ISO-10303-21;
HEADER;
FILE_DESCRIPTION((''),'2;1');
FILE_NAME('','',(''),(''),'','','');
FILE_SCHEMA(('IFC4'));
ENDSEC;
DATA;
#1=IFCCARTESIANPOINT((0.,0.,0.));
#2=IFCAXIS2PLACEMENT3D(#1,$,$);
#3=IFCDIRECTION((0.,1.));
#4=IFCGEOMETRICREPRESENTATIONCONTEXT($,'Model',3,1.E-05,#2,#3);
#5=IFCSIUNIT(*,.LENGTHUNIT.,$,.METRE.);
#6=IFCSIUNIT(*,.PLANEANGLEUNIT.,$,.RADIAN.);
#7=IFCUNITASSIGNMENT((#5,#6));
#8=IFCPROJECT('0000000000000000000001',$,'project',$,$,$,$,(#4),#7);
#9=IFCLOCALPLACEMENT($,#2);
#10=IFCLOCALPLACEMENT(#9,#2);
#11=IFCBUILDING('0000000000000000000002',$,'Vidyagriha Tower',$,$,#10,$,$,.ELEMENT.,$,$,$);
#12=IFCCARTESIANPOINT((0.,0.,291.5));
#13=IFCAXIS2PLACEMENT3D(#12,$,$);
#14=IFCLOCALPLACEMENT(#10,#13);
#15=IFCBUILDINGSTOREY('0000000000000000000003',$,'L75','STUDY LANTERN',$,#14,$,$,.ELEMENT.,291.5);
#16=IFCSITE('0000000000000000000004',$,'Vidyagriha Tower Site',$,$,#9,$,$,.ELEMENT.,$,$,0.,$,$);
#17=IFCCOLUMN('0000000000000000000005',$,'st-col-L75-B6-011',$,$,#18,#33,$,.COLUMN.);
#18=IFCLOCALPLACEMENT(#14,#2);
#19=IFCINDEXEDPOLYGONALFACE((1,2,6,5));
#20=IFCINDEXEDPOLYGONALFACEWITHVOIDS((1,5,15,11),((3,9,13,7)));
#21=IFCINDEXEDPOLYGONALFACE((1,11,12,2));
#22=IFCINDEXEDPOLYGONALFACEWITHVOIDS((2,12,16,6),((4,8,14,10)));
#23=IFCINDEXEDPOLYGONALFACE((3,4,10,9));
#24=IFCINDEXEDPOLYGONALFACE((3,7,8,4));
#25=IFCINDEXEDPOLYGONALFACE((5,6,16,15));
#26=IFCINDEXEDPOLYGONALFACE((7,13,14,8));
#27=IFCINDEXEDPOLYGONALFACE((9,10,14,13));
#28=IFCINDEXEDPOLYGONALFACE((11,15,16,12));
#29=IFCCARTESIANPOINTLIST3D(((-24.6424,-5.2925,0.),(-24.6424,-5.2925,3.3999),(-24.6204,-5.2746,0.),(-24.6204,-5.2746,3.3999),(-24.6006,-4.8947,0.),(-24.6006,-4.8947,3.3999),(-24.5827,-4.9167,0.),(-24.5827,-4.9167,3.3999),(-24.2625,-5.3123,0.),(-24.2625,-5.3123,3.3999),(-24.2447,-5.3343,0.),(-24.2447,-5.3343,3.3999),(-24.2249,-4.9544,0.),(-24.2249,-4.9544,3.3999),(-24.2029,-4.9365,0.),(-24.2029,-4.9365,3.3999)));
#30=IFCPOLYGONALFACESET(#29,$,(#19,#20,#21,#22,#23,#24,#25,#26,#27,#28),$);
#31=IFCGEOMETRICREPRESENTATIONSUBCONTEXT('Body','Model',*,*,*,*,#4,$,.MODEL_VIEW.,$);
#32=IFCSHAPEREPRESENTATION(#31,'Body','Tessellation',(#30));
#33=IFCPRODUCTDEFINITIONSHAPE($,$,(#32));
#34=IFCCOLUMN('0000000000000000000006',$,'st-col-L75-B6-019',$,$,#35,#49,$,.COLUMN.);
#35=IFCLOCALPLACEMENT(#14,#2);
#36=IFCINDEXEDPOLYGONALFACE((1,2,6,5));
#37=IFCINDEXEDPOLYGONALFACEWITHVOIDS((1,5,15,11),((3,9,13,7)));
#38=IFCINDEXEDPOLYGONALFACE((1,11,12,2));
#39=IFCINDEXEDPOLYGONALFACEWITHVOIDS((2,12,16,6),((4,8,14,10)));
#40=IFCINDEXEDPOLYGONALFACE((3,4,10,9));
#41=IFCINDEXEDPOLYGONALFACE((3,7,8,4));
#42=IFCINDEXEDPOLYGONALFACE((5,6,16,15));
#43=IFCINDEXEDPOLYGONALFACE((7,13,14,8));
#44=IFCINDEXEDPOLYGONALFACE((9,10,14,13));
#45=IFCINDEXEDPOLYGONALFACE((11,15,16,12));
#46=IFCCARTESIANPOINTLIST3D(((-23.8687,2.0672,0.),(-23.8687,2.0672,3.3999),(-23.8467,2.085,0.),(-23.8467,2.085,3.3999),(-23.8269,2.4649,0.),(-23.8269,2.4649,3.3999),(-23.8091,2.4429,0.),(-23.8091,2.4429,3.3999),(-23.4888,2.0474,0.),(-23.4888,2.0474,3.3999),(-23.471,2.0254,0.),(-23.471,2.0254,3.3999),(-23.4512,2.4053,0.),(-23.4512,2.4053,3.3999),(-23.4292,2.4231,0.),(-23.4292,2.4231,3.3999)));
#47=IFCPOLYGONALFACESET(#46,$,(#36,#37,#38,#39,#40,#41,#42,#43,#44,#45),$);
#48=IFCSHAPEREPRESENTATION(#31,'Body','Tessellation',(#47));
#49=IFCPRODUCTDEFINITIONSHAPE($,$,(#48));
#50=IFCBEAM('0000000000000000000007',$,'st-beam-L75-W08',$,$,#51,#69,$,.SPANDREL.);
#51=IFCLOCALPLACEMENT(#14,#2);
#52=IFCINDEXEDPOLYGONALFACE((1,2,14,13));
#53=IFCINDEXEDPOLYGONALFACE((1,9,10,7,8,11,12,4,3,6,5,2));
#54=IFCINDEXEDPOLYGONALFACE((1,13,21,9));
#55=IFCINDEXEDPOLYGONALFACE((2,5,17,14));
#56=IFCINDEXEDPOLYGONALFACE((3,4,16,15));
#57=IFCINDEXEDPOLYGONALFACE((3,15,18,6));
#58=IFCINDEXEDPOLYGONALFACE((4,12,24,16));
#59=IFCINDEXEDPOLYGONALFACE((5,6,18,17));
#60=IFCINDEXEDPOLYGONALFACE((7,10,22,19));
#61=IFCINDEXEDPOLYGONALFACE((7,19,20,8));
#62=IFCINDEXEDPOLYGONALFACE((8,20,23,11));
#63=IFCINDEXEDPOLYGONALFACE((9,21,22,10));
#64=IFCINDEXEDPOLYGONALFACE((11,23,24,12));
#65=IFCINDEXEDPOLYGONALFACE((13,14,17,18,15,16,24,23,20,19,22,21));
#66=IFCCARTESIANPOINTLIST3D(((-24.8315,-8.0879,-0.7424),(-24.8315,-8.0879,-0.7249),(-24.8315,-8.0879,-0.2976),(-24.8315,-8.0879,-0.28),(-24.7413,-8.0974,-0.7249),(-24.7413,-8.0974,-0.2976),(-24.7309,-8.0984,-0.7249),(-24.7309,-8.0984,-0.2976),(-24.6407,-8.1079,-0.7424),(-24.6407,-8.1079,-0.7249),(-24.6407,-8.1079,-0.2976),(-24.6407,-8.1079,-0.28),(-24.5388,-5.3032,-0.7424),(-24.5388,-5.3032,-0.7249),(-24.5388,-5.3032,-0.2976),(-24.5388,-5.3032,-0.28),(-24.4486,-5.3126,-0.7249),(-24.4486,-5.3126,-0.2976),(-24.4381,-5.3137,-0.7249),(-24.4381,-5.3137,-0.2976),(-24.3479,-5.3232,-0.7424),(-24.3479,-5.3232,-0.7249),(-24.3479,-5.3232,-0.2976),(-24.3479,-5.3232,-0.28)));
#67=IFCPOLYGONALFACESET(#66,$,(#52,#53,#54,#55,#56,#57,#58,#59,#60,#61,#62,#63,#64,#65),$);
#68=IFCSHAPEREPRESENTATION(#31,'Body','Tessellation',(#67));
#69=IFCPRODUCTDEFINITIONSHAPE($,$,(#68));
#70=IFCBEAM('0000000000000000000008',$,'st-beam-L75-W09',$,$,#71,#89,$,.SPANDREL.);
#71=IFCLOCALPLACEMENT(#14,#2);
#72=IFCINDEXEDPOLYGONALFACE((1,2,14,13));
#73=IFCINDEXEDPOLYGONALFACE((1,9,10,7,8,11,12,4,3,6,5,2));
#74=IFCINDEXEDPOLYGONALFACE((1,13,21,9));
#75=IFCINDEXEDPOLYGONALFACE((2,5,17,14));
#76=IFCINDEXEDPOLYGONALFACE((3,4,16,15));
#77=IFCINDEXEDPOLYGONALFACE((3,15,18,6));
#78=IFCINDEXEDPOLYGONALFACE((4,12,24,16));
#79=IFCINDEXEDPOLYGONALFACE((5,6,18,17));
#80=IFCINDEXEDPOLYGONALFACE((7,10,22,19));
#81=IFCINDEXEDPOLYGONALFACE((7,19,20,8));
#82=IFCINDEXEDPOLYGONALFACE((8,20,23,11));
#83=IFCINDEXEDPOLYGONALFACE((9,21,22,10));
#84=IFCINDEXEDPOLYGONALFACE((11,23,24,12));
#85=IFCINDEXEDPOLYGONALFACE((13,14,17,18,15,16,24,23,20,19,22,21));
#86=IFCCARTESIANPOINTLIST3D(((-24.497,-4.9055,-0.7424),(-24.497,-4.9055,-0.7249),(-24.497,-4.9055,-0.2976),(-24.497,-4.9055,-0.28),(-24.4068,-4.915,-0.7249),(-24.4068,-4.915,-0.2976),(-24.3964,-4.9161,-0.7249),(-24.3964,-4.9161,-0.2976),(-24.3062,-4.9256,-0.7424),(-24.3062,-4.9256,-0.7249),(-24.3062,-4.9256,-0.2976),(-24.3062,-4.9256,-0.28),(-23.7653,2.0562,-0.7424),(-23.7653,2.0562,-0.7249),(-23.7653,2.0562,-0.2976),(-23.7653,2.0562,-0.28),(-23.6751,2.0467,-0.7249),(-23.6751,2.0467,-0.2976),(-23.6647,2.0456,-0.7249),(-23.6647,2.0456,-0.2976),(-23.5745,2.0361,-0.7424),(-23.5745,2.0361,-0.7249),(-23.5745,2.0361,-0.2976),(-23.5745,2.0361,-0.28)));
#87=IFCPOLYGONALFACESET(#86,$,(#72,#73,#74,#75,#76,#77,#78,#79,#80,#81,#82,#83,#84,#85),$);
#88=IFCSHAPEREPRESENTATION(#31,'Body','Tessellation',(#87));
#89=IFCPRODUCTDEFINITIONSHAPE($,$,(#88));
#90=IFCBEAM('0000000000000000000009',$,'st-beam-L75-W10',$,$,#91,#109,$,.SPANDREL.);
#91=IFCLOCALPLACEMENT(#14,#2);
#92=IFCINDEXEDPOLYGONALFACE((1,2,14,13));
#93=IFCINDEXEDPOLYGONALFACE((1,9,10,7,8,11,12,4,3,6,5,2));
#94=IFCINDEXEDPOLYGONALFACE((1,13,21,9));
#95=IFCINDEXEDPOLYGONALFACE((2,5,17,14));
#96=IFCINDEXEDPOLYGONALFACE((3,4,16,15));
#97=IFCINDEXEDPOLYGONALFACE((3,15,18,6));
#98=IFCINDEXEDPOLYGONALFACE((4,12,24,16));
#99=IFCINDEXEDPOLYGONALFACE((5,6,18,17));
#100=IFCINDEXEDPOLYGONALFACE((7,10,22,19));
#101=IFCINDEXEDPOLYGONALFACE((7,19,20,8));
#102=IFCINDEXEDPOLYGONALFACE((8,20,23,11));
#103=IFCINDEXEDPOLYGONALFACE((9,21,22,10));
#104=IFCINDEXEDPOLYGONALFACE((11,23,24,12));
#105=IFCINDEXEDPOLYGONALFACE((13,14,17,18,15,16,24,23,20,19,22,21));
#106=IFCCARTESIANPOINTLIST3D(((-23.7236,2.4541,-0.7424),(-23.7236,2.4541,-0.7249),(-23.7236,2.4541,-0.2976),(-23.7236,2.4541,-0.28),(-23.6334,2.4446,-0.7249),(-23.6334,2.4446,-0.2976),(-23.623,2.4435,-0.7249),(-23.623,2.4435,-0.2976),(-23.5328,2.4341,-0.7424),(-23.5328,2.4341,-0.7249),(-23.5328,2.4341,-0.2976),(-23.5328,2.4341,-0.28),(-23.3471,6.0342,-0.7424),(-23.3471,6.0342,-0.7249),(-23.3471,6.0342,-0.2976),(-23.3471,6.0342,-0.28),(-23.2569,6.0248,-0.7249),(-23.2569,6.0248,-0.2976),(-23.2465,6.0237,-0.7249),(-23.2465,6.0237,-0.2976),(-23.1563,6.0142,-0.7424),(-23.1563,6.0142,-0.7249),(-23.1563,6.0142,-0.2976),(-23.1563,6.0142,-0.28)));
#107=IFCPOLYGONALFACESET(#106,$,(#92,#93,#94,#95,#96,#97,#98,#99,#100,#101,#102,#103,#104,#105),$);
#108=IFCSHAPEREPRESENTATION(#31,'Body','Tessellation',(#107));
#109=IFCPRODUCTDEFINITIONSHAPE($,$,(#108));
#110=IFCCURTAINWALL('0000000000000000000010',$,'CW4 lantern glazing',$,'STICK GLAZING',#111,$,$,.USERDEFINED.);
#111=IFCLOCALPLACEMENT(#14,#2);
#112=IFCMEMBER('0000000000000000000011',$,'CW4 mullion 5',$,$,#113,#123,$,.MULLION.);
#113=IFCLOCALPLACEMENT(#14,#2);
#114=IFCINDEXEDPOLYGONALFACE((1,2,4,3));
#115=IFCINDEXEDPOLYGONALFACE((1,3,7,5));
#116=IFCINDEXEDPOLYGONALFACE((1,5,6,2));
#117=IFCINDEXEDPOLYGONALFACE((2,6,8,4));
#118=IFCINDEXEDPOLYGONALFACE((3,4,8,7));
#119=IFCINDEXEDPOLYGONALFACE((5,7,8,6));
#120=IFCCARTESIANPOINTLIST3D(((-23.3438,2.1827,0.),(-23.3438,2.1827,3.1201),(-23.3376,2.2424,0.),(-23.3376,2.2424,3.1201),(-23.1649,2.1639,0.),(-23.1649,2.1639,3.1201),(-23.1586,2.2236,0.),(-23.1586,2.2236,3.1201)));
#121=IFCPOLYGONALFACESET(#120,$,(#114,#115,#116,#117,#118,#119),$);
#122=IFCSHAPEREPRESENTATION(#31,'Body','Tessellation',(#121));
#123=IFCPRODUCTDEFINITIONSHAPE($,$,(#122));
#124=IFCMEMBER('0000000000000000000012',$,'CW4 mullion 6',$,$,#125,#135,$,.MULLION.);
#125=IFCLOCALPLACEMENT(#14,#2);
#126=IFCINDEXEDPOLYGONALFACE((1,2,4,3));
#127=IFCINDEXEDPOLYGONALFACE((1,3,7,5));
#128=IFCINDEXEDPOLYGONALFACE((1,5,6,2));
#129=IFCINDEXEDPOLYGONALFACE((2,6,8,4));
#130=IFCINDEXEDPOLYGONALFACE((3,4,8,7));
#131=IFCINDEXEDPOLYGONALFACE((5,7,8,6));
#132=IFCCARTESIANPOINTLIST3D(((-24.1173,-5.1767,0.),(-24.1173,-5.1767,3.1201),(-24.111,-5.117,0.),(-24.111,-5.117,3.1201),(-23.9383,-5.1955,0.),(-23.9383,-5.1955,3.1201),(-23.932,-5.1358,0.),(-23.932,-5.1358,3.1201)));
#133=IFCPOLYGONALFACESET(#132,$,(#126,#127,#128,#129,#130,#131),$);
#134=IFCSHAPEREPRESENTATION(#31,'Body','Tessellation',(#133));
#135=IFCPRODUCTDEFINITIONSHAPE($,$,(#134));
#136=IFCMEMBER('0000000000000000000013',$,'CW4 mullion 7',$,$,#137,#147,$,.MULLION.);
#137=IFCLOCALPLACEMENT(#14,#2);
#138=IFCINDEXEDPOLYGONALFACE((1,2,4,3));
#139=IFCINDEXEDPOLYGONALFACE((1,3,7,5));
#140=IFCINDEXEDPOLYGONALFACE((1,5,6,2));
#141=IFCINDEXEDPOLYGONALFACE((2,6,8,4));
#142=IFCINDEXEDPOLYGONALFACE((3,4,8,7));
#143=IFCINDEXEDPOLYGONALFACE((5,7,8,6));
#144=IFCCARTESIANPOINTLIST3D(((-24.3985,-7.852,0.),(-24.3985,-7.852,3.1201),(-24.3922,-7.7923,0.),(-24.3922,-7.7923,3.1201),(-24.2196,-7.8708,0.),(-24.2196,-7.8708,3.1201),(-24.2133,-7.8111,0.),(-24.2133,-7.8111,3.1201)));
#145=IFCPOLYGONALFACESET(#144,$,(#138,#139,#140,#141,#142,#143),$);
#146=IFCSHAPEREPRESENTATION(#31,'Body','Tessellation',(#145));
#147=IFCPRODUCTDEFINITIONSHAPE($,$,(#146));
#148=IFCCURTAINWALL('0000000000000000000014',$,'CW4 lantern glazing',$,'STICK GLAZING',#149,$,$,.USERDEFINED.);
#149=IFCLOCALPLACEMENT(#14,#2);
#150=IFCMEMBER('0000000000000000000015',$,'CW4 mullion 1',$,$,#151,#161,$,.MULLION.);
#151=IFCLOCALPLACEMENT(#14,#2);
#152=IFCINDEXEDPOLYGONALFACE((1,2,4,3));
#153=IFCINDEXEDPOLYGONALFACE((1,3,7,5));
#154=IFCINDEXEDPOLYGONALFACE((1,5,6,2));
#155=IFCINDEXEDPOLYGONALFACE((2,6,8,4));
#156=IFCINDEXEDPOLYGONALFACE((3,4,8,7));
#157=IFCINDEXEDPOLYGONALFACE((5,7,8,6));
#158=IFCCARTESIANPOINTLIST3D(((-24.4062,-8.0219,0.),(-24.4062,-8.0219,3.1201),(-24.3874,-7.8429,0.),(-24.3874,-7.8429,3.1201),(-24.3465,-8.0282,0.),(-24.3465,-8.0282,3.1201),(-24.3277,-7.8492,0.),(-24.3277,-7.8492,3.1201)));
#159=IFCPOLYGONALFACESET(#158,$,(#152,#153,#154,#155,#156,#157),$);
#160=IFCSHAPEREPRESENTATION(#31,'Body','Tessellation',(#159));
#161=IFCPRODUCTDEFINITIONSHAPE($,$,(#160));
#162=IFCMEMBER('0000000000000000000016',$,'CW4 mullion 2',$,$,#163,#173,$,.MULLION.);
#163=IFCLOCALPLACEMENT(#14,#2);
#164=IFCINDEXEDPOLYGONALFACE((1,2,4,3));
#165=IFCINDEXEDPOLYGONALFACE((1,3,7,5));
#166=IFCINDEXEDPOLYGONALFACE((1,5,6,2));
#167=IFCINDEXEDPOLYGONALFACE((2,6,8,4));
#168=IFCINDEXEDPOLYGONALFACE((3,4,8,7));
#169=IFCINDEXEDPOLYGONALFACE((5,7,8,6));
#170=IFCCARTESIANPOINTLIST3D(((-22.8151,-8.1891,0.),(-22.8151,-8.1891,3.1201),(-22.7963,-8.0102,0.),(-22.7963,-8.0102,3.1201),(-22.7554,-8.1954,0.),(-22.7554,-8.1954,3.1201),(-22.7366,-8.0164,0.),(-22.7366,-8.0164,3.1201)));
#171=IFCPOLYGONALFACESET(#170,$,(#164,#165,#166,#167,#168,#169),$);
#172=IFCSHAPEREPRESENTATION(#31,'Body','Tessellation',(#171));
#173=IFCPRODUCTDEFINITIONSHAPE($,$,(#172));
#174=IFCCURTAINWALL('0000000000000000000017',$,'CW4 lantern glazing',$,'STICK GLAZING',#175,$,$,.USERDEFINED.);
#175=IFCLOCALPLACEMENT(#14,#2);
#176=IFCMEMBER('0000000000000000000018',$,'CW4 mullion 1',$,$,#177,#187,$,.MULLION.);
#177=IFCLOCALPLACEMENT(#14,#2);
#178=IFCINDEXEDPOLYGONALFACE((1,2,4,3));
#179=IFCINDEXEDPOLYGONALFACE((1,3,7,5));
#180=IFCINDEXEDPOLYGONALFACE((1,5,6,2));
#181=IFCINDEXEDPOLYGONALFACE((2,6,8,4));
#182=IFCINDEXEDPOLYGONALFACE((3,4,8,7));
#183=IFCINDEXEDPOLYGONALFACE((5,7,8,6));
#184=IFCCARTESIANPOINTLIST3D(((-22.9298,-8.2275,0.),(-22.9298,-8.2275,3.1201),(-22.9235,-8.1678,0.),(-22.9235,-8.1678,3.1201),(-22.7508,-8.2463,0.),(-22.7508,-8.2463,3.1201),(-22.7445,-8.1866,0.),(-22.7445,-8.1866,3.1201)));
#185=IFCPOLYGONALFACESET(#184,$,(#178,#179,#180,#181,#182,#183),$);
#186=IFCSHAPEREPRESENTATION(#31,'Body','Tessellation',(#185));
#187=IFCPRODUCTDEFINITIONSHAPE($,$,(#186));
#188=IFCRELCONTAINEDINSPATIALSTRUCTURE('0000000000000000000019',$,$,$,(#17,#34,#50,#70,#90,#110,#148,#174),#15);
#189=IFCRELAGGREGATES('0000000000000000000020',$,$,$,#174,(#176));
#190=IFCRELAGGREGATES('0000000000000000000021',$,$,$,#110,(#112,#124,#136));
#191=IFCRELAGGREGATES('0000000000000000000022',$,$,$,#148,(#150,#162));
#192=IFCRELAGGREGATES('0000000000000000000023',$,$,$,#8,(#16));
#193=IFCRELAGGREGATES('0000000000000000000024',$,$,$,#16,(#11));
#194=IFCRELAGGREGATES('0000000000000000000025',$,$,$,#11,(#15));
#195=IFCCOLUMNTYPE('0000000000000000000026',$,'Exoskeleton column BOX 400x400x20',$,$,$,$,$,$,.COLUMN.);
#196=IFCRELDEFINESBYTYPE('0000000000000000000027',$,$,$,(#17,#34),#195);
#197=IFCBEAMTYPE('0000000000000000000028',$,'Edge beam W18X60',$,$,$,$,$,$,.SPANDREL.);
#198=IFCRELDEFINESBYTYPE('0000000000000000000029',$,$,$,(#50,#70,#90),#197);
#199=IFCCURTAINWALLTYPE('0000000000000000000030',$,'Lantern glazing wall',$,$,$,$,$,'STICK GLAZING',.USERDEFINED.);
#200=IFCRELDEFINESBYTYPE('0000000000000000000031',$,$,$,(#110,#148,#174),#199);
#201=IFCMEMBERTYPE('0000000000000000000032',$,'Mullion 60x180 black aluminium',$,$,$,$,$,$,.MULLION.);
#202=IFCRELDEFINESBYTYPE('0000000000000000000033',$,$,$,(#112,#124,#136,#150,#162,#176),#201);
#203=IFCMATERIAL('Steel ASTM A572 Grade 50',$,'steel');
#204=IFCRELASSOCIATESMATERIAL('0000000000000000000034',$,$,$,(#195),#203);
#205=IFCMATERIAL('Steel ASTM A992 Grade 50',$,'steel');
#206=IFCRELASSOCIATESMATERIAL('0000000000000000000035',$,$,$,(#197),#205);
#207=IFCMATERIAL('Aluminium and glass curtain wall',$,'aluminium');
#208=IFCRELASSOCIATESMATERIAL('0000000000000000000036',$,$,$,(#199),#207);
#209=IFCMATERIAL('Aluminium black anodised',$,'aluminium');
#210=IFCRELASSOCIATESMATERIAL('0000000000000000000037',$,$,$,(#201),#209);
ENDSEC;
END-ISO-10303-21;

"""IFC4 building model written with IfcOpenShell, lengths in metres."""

from ifc_helpers import new_model, si_unit, direction, frame, origin, origin_2d, place, context, subcontext, project, spatial, rectangle, hollow_rectangle, i_section, extrude, material, material_profile, profile_set, type_object, element, aggregate, save


model = new_model("IFC4")

# Units and contexts
model_context = context("Model", 3, precision=1e-05, world=origin(), true_north=direction((0.0, 1.0)))
body_context = subcontext(model_context, "Body", "Model", "MODEL_VIEW")
ifc_project = project(units=[si_unit("LENGTHUNIT", "METRE"), si_unit("PLANEANGLEUNIT", "RADIAN")], contexts=[model_context])

# Site, building, storey
site_placement = place(None, origin())
site = spatial("IfcSite", under=ifc_project, at=site_placement, Name="Vidyagriha Tower Site", CompositionType="ELEMENT", RefElevation=0.0)
building_placement = place(site_placement, origin())
building = spatial("IfcBuilding", under=site, at=building_placement, Name="Vidyagriha Tower", CompositionType="ELEMENT")
storey_placement = place(building_placement, frame((0.0, 0.0, 291.5)))
storey = spatial("IfcBuildingStorey", under=building, at=storey_placement, Name="L75", Description="STUDY LANTERN", CompositionType="ELEMENT", Elevation=291.5)

# Columns
ifc_material_1 = material(Name="Steel ASTM A572 Grade 50", Category="steel")
ifc_material_profile_1 = material_profile(ifc_material_1, hollow_rectangle(XDim=0.3999, YDim=0.3999, WallThickness=0.02, at=origin_2d()), Name="BOX 400x400x20")
ifc_profile_set_1 = profile_set([ifc_material_profile_1], Name="Steel ASTM A572 Grade 50")
column_type = type_object("IfcColumnType", Name="Exoskeleton column BOX 400x400x20", PredefinedType="COLUMN", material=ifc_profile_set_1)
for number, where, z_axis, x_axis, name in (
    (1, (-24.4226, -5.1145, 0.0), (0.0, 0.0, 1.0), (0.994522, -0.104528, 0.0), "st-col-L75-B6-011"),
    (2, (-23.6489, 2.2451, 0.0), (0.0, 0.0, 1.0), (0.994522, -0.104528, 0.0), "st-col-L75-B6-019"),
):
    element("IfcColumn", number, at=place(storey_placement, frame(where, z_axis=z_axis, x_axis=x_axis)), inside=storey, type_object=column_type, Name=name, PredefinedType="COLUMN", context=body_context, shape_type="SweptSolid", body=[
        extrude(hollow_rectangle(XDim=0.3999, YDim=0.3999, WallThickness=0.02, at=origin_2d()), origin(), (0.0, 0.0, 1.0), 3.3999),
    ])

# Beams
ifc_material_2 = material(Name="Steel ASTM A992 Grade 50", Category="steel")
ifc_material_profile_2 = material_profile(ifc_material_2, i_section(OverallWidth=0.1919, OverallDepth=0.4624, WebThickness=0.0105, FlangeThickness=0.0176, at=origin_2d()), Name="W18X60")
ifc_profile_set_2 = profile_set([ifc_material_profile_2], Name="Steel ASTM A992 Grade 50")
beam_type = type_object("IfcBeamType", Name="Edge beam W18X60", PredefinedType="SPANDREL", material=ifc_profile_set_2)
beam_1_placement = place(storey_placement, frame((-24.7361, -8.0979, -0.5112), z_axis=(0.104544, 0.99452, 0.0), x_axis=(-0.99452, 0.104544, 0.0)))
element("IfcBeam", 3, at=beam_1_placement, inside=storey, type_object=beam_type, Name="st-beam-L75-W08", PredefinedType="SPANDREL", context=body_context, shape_type="SweptSolid", body=[
    extrude(i_section(OverallWidth=0.1919, OverallDepth=0.4624, WebThickness=0.0105, FlangeThickness=0.0176, at=origin_2d()), origin(), (0.0, 0.0, 1.0), 2.8),
])
beam_2_placement = place(storey_placement, frame((-24.4016, -4.9155, -0.5112), z_axis=(0.104527, 0.994522, 0.0), x_axis=(-0.994522, 0.104527, 0.0)))
element("IfcBeam", 4, at=beam_2_placement, inside=storey, type_object=beam_type, Name="st-beam-L75-W09", PredefinedType="SPANDREL", context=body_context, shape_type="SweptSolid", body=[
    extrude(i_section(OverallWidth=0.1919, OverallDepth=0.4624, WebThickness=0.0105, FlangeThickness=0.0176, at=origin_2d()), origin(), (0.0, 0.0, 1.0), 7.0),
])
beam_3_placement = place(storey_placement, frame((-23.6282, 2.4441, -0.5112), z_axis=(0.104579, 0.994517, 0.0), x_axis=(-0.994517, 0.104579, 0.0)))
element("IfcBeam", 5, at=beam_3_placement, inside=storey, type_object=beam_type, Name="st-beam-L75-W10", PredefinedType="SPANDREL", context=body_context, shape_type="SweptSolid", body=[
    extrude(i_section(OverallWidth=0.1919, OverallDepth=0.4624, WebThickness=0.0105, FlangeThickness=0.0176, at=origin_2d()), origin(), (0.0, 0.0, 1.0), 3.5999),
])

# Curtain walls, members
ifc_material_3 = material(Name="Aluminium and glass curtain wall", Category="aluminium")
curtain_wall_type = type_object("IfcCurtainWallType", Name="Lantern glazing wall", ElementType="STICK GLAZING", PredefinedType="USERDEFINED", material=ifc_material_3)
curtain_wall_1_placement = place(storey_placement, origin())
curtain_wall_1 = element("IfcCurtainWall", 6, at=curtain_wall_1_placement, inside=storey, type_object=curtain_wall_type, Name="CW4 lantern glazing", ObjectType="STICK GLAZING", PredefinedType="USERDEFINED")
ifc_material_4 = material(Name="Aluminium black anodised", Category="aluminium")
ifc_material_profile_3 = material_profile(ifc_material_4, rectangle(XDim=0.1799, YDim=0.0601, at=origin_2d()), Name="Mullion 60x180 black aluminium")
ifc_profile_set_3 = profile_set([ifc_material_profile_3], Name="Aluminium black anodised")
member_type_1 = type_object("IfcMemberType", Name="Mullion 60x180 black aluminium", PredefinedType="MULLION", material=ifc_profile_set_3)
member_1_placement = place(storey_placement, frame((-23.2512, 2.2031, 0.0), z_axis=(0.0, 0.0, 1.0), x_axis=(0.994522, -0.104527, 0.0)))
member_1 = element("IfcMember", 7, at=member_1_placement, type_object=member_type_1, Name="CW4 mullion 5", PredefinedType="MULLION", context=body_context, shape_type="SweptSolid", body=[
    extrude(rectangle(XDim=0.1799, YDim=0.0601, at=origin_2d()), origin(), (0.0, 0.0, 1.0), 3.1201),
])
member_2_placement = place(storey_placement, frame((-24.0247, -5.1562, 0.0), z_axis=(0.0, 0.0, 1.0), x_axis=(0.994522, -0.104527, 0.0)))
member_2 = element("IfcMember", 8, at=member_2_placement, type_object=member_type_1, Name="CW4 mullion 6", PredefinedType="MULLION", context=body_context, shape_type="SweptSolid", body=[
    extrude(rectangle(XDim=0.1799, YDim=0.0601, at=origin_2d()), origin(), (0.0, 0.0, 1.0), 3.1201),
])
member_3_placement = place(storey_placement, frame((-24.3059, -7.8315, 0.0), z_axis=(0.0, 0.0, 1.0), x_axis=(0.994522, -0.104527, 0.0)))
member_3 = element("IfcMember", 9, at=member_3_placement, type_object=member_type_1, Name="CW4 mullion 7", PredefinedType="MULLION", context=body_context, shape_type="SweptSolid", body=[
    extrude(rectangle(XDim=0.1799, YDim=0.0601, at=origin_2d()), origin(), (0.0, 0.0, 1.0), 3.1201),
])
curtain_wall_2_placement = place(storey_placement, origin())
curtain_wall_2 = element("IfcCurtainWall", 10, at=curtain_wall_2_placement, inside=storey, type_object=curtain_wall_type, Name="CW4 lantern glazing", ObjectType="STICK GLAZING", PredefinedType="USERDEFINED")
member_4_placement = place(storey_placement, frame((-24.3669, -7.9355, 0.0), z_axis=(0.0, 0.0, 1.0), x_axis=(0.104519, 0.994523, 0.0)))
member_4 = element("IfcMember", 11, at=member_4_placement, type_object=member_type_1, Name="CW4 mullion 1", PredefinedType="MULLION", context=body_context, shape_type="SweptSolid", body=[
    extrude(rectangle(XDim=0.1799, YDim=0.0601, at=origin_2d()), origin(), (0.0, 0.0, 1.0), 3.1201),
])
member_5_placement = place(storey_placement, frame((-22.7759, -8.1028, 0.0), z_axis=(0.0, 0.0, 1.0), x_axis=(0.104519, 0.994523, 0.0)))
member_5 = element("IfcMember", 12, at=member_5_placement, type_object=member_type_1, Name="CW4 mullion 2", PredefinedType="MULLION", context=body_context, shape_type="SweptSolid", body=[
    extrude(rectangle(XDim=0.1799, YDim=0.0601, at=origin_2d()), origin(), (0.0, 0.0, 1.0), 3.1201),
])

# Curtain wall, member
curtain_wall_3_placement = place(storey_placement, origin())
curtain_wall_3 = element("IfcCurtainWall", 13, at=curtain_wall_3_placement, inside=storey, type_object=curtain_wall_type, Name="CW4 lantern glazing", ObjectType="STICK GLAZING", PredefinedType="USERDEFINED")
member_6_placement = place(storey_placement, frame((-22.8372, -8.207, 0.0), z_axis=(0.0, 0.0, 1.0), x_axis=(0.994519, -0.104557, 0.0)))
member_6 = element("IfcMember", 14, at=member_6_placement, type_object=member_type_1, Name="CW4 mullion 1", PredefinedType="MULLION", context=body_context, shape_type="SweptSolid", body=[
    extrude(rectangle(XDim=0.1799, YDim=0.0601, at=origin_2d()), origin(), (0.0, 0.0, 1.0), 3.1201),
])
aggregate(curtain_wall_3, [member_6])

aggregate(curtain_wall_1, [member_1, member_2, member_3])
aggregate(curtain_wall_2, [member_4, member_5])

save(model, "model.ifc")
